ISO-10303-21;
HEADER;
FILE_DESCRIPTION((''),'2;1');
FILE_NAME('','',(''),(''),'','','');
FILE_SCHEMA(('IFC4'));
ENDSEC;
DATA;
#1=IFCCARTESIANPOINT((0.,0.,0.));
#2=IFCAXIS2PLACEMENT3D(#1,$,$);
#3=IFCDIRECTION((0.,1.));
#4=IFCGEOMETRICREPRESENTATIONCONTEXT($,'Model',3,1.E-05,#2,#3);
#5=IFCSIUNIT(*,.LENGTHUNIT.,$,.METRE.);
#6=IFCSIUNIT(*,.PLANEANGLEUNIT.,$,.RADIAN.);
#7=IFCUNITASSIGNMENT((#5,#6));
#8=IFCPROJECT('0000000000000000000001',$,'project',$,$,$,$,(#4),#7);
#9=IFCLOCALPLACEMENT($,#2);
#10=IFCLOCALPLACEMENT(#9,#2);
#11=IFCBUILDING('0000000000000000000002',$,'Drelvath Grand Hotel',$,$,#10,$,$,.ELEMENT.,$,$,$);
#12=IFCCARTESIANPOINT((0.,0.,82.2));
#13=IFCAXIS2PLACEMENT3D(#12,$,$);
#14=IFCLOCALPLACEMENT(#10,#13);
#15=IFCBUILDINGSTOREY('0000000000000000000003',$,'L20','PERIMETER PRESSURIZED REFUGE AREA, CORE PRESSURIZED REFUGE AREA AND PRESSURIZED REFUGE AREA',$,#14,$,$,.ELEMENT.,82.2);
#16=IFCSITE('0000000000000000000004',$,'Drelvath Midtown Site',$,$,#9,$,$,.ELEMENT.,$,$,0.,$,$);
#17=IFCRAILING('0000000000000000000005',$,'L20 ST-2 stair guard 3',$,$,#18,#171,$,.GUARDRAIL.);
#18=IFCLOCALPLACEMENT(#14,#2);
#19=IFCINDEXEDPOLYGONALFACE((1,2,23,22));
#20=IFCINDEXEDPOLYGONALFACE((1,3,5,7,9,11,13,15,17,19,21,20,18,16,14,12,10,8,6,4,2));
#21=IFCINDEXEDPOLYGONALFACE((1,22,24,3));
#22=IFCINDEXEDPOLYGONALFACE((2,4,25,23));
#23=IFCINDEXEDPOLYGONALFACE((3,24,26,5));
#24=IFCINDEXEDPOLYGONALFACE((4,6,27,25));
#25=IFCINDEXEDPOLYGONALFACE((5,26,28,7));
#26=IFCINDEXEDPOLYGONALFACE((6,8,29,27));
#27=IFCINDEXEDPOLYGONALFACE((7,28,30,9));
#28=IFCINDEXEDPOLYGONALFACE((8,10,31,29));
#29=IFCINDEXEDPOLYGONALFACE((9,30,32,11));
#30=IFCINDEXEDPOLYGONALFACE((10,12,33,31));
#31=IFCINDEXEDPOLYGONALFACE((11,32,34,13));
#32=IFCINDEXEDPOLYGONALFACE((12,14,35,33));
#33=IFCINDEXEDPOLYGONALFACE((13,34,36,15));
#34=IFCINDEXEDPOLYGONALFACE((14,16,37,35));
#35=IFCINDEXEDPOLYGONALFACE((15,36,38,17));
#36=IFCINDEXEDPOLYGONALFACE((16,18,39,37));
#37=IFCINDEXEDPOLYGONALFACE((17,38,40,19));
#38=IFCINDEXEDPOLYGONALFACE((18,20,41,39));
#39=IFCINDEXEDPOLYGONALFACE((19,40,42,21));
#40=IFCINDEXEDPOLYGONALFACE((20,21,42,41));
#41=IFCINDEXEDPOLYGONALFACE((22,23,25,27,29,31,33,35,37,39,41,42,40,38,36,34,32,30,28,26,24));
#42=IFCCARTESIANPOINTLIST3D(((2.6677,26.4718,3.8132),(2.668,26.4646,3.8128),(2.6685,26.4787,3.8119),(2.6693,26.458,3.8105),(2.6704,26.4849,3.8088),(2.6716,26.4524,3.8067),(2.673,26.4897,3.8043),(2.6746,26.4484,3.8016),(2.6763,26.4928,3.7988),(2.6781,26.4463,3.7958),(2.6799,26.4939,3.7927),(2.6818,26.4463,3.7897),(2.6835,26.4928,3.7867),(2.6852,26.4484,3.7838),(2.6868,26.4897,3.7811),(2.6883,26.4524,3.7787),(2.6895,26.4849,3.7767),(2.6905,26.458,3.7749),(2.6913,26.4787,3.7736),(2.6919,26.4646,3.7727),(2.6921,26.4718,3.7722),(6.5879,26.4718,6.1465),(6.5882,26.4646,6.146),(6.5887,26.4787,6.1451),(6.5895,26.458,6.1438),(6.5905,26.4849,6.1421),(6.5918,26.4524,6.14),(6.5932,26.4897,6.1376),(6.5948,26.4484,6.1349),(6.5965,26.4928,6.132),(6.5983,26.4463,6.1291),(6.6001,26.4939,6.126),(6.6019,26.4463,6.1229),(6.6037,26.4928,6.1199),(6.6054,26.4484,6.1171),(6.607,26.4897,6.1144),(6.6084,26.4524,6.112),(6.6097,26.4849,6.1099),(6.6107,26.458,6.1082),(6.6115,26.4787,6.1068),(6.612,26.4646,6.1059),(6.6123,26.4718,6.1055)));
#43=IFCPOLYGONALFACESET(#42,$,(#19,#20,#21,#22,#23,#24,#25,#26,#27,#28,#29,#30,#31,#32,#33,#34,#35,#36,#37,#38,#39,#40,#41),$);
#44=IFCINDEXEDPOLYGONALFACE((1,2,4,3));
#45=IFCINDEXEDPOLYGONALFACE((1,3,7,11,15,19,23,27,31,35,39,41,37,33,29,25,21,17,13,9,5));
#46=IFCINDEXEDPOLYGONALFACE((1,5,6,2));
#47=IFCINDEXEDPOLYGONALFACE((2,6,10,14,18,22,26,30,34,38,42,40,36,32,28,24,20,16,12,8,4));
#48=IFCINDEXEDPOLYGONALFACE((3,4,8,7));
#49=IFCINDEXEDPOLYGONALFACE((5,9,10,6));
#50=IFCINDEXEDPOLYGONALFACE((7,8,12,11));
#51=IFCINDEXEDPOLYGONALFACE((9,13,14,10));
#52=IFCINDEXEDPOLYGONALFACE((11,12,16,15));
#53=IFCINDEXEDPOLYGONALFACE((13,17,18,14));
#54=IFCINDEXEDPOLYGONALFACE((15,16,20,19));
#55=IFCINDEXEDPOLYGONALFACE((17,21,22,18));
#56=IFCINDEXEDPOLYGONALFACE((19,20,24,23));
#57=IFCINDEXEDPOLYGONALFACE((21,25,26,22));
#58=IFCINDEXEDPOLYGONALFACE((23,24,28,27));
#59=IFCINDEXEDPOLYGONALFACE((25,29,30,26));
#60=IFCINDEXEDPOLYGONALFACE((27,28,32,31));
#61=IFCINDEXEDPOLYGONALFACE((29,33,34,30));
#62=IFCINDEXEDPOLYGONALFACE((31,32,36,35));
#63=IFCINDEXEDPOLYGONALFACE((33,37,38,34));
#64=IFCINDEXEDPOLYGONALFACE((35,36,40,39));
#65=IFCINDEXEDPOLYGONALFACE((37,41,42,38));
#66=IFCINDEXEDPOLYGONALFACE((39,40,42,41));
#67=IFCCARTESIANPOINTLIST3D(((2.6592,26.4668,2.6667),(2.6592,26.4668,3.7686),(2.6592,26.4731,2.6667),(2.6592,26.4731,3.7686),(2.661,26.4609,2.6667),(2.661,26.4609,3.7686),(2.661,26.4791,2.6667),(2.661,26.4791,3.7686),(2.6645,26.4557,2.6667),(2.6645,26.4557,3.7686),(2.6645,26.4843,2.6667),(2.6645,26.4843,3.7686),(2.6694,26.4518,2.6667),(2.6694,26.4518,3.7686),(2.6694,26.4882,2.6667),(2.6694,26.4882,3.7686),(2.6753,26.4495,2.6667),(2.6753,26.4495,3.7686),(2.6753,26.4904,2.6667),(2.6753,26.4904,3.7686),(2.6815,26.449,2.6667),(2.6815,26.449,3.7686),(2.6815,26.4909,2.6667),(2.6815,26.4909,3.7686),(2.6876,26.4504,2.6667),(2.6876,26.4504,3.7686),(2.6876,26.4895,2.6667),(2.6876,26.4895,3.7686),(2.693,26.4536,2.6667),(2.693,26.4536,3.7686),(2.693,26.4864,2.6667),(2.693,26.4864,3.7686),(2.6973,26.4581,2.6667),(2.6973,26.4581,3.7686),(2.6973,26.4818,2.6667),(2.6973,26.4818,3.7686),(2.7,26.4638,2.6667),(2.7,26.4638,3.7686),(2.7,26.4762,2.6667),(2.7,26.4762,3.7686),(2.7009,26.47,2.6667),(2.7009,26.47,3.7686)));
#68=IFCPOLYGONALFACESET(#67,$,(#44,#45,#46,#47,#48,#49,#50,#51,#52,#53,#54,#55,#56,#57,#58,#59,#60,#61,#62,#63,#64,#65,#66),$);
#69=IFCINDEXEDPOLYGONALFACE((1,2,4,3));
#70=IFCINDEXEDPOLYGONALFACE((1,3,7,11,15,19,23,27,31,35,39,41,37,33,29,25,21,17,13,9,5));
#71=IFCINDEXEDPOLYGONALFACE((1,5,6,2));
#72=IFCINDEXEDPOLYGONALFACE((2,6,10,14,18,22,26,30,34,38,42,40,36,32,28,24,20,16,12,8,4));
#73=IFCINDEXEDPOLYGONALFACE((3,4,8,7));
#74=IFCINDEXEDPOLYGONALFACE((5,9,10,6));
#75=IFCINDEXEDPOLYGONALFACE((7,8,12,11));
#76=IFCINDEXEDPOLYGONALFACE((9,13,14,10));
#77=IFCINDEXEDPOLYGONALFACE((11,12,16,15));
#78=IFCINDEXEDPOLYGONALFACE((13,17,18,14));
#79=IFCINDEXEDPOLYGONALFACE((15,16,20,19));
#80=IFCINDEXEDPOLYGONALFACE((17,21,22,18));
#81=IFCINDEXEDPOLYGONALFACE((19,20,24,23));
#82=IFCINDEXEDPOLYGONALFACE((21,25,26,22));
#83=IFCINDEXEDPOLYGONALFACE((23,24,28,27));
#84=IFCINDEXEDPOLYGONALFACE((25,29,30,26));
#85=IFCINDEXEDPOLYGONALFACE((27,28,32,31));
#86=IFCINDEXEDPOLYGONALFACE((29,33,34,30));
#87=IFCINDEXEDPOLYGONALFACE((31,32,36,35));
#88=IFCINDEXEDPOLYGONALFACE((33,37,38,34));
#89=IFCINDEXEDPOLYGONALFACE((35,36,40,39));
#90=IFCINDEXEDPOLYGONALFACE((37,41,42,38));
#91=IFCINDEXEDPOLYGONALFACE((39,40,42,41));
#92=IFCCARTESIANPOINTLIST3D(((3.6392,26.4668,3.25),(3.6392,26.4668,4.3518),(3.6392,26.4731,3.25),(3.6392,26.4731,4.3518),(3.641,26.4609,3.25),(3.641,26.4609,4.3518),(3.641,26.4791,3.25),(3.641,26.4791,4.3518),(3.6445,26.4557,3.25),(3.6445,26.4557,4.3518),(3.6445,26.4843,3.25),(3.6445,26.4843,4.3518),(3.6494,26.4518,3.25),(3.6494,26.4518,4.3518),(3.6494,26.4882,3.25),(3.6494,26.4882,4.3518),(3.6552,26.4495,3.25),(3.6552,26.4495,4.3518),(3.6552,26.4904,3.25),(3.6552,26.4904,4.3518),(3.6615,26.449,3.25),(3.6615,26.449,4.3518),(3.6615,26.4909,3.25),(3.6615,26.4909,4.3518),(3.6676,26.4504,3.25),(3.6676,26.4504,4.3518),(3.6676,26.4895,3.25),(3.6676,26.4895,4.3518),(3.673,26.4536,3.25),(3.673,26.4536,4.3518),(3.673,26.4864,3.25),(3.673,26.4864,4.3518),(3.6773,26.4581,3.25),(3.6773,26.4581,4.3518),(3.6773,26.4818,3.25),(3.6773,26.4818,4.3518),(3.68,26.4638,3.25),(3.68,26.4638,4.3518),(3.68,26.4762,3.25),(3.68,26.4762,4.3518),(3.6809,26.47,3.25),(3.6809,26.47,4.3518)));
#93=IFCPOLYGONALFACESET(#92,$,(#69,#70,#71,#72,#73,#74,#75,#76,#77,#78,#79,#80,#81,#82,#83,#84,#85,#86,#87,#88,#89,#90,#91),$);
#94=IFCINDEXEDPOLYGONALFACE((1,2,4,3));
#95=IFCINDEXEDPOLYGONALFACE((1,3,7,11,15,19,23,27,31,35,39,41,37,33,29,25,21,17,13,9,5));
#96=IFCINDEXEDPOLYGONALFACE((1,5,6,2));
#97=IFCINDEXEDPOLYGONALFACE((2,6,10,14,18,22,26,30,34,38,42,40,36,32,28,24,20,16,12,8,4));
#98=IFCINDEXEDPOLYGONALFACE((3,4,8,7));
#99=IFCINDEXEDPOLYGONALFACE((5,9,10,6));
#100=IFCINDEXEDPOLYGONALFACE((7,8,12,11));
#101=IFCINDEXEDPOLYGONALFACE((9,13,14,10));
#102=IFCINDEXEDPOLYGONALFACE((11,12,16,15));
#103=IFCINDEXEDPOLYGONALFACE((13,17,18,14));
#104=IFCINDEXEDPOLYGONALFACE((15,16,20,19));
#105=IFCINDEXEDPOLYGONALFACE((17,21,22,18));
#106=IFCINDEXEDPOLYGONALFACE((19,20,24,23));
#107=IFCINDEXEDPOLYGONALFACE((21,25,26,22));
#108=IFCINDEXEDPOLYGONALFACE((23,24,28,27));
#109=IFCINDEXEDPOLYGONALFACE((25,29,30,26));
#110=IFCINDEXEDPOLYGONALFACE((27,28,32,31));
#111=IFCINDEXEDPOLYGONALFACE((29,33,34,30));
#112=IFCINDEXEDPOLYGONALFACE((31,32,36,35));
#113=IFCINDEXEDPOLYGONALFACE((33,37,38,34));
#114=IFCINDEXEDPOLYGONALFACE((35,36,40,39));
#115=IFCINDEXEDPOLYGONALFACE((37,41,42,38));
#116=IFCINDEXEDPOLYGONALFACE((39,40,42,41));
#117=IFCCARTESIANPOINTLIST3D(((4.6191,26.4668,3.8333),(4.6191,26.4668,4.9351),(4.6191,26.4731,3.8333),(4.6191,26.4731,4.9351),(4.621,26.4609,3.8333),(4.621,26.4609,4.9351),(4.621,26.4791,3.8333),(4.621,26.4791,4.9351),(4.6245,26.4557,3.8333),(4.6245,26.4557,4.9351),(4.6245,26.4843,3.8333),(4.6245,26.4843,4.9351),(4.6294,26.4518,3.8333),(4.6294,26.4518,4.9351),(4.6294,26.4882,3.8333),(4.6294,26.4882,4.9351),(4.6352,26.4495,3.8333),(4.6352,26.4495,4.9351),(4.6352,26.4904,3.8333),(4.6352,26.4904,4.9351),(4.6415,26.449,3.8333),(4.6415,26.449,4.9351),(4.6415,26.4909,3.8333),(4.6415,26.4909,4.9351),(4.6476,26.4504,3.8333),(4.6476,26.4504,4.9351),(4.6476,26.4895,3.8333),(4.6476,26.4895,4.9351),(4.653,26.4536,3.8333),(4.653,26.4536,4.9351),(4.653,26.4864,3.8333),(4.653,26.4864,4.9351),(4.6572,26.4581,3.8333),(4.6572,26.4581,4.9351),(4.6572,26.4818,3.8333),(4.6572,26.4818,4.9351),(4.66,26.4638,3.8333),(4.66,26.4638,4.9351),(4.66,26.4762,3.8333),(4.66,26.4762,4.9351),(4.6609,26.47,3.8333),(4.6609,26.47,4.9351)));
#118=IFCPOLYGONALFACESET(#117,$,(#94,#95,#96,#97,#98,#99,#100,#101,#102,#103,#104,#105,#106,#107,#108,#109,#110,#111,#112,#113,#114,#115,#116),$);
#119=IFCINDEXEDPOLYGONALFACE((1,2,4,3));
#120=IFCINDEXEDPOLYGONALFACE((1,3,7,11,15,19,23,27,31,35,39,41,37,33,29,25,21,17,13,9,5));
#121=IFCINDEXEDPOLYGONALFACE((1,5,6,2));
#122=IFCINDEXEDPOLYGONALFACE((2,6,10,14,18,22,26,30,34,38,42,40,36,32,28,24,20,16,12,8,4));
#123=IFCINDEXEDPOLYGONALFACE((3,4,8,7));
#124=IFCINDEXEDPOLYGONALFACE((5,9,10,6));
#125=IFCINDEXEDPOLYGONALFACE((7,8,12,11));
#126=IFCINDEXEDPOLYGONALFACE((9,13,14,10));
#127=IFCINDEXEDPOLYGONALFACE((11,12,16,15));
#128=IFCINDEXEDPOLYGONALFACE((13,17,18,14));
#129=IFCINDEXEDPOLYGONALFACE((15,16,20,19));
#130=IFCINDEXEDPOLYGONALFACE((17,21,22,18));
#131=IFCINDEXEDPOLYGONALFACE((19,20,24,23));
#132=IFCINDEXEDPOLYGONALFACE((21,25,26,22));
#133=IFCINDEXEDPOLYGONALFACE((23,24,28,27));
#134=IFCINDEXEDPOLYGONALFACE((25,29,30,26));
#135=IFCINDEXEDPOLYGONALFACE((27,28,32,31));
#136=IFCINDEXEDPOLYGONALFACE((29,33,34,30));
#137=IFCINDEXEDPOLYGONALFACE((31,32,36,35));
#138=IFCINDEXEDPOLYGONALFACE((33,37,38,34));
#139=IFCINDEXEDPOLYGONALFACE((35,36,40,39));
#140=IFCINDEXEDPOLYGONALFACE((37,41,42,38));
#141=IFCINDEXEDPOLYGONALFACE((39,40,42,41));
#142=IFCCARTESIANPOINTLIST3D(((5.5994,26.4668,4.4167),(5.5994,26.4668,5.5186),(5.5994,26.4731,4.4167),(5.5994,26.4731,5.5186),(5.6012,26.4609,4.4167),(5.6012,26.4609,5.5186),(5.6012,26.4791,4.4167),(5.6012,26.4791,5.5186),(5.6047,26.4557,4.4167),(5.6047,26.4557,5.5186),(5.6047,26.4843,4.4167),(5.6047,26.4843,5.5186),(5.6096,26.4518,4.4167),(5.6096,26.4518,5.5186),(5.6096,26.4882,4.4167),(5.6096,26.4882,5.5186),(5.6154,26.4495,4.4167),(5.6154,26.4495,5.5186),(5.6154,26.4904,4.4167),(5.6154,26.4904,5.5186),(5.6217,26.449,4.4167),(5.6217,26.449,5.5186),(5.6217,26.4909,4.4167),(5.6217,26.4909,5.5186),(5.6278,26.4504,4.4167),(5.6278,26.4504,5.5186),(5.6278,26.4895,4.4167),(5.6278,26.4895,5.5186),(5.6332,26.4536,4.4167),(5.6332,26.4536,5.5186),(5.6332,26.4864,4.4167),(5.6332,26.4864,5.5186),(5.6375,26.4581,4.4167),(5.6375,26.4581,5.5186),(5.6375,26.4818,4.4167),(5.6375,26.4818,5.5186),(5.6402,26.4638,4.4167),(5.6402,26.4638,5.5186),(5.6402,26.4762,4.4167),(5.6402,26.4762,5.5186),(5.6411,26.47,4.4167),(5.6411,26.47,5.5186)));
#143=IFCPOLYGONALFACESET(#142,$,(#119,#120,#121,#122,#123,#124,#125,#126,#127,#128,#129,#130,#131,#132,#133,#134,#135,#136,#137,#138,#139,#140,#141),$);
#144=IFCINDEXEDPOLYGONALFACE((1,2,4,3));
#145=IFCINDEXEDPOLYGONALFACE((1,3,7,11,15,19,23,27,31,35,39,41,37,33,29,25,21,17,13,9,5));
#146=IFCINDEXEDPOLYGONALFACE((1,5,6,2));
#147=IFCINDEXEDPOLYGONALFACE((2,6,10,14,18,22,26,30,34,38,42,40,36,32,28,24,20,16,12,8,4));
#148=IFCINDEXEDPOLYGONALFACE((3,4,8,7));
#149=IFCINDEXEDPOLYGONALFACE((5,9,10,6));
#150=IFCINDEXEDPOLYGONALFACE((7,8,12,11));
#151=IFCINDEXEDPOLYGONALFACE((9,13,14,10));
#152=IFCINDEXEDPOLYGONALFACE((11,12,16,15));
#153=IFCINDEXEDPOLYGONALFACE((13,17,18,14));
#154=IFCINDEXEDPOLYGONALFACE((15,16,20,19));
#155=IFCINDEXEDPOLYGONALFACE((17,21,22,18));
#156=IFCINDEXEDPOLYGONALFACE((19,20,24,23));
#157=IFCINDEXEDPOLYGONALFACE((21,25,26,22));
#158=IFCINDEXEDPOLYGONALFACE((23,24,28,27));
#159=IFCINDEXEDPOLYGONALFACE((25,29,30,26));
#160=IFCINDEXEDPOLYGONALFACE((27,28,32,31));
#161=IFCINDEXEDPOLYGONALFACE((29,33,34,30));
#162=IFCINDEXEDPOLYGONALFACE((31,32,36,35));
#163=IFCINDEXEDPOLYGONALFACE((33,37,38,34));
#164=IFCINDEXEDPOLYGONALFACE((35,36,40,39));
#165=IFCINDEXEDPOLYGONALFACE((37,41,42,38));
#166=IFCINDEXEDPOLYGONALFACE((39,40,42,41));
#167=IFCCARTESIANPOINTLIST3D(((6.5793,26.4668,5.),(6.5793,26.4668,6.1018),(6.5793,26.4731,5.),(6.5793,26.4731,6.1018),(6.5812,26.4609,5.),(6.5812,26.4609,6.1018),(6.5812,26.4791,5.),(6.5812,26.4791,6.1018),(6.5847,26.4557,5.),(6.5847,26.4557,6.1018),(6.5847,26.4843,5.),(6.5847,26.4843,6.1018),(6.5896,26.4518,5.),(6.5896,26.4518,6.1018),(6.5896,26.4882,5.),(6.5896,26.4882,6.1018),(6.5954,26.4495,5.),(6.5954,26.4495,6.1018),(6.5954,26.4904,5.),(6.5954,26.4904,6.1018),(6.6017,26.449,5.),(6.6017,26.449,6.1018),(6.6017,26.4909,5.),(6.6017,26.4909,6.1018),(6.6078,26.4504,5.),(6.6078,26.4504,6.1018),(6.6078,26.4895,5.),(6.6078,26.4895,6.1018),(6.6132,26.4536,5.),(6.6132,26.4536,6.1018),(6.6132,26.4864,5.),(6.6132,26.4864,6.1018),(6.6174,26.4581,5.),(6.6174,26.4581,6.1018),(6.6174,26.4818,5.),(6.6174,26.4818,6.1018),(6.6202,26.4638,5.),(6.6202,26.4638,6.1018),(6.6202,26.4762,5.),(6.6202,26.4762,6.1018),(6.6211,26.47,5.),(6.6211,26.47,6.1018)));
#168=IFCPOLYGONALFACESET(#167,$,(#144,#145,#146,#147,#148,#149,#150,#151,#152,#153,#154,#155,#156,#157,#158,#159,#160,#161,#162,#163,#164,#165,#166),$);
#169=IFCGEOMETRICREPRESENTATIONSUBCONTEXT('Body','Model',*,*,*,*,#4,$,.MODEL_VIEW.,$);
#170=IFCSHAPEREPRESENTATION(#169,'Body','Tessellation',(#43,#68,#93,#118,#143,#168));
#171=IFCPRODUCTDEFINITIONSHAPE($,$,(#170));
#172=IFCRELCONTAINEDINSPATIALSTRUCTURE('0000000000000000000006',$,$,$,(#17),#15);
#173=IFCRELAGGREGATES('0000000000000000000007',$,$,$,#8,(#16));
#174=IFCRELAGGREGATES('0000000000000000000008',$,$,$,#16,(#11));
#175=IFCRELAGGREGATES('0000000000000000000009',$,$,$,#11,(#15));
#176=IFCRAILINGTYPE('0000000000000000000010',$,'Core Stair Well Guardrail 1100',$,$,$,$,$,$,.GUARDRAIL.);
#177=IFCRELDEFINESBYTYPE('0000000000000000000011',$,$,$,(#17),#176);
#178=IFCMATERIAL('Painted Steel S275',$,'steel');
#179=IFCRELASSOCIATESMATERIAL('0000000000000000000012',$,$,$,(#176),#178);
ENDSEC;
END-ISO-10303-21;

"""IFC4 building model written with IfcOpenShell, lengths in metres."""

from ifc_helpers import new_model, si_unit, direction, frame, origin, origin_2d, place, context, subcontext, project, spatial, circle, extrude, material, type_object, element, save


model = new_model("IFC4")

# Units and contexts
model_context = context("Model", 3, precision=1e-05, world=origin(), true_north=direction((0.0, 1.0)))
body_context = subcontext(model_context, "Body", "Model", "MODEL_VIEW")
ifc_project = project(units=[si_unit("LENGTHUNIT", "METRE"), si_unit("PLANEANGLEUNIT", "RADIAN")], contexts=[model_context])

# Site, building, storey
site_placement = place(None, origin())
site = spatial("IfcSite", under=ifc_project, at=site_placement, Name="Drelvath Midtown Site", CompositionType="ELEMENT", RefElevation=0.0)
building_placement = place(site_placement, origin())
building = spatial("IfcBuilding", under=site, at=building_placement, Name="Drelvath Grand Hotel", CompositionType="ELEMENT")
storey_placement = place(building_placement, frame((0.0, 0.0, 82.2)))
storey = spatial("IfcBuildingStorey", under=building, at=storey_placement, Name="L20", Description="PERIMETER PRESSURIZED REFUGE AREA, CORE PRESSURIZED REFUGE AREA AND PRESSURIZED REFUGE AREA", CompositionType="ELEMENT", Elevation=82.2)

# Shared definitions
ifc_material_1 = material(Name="Painted Steel S275", Category="steel")

# Railing
railing_type_1 = type_object("IfcRailingType", Name="Core Stair Well Guardrail 1100", PredefinedType="GUARDRAIL", material=ifc_material_1)
railing_1_placement = place(storey_placement, frame((2.6799, 26.47, 2.6667)))
element("IfcRailing", 1, at=railing_1_placement, inside=storey, type_object=railing_type_1, Name="L20 ST-2 stair guard 3", PredefinedType="GUARDRAIL", context=body_context, shape_type="SweptSolid", body=[
    extrude(circle(Radius=0.0239, at=origin_2d()), frame((0.0, 0.0, 1.126), z_axis=(0.85931, 0.0, 0.511455), x_axis=(0.0, 1.0, 0.0)), (0.0, 0.0, 1.0), 4.562),
    extrude(circle(Radius=0.021, at=origin_2d()), origin(), (0.0, 0.0, 1.0), 1.1018),
    extrude(circle(Radius=0.021, at=origin_2d()), frame((0.98, 0.0, 0.5833)), (0.0, 0.0, 1.0), 1.1018),
    extrude(circle(Radius=0.021, at=origin_2d()), frame((1.96, 0.0, 1.1665)), (0.0, 0.0, 1.0), 1.1018),
    extrude(circle(Radius=0.021, at=origin_2d()), frame((2.9402, 0.0, 1.75)), (0.0, 0.0, 1.0), 1.1018),
    extrude(circle(Radius=0.021, at=origin_2d()), frame((3.9202, 0.0, 2.3333)), (0.0, 0.0, 1.0), 1.1018),
])

save(model, "model.ifc")
